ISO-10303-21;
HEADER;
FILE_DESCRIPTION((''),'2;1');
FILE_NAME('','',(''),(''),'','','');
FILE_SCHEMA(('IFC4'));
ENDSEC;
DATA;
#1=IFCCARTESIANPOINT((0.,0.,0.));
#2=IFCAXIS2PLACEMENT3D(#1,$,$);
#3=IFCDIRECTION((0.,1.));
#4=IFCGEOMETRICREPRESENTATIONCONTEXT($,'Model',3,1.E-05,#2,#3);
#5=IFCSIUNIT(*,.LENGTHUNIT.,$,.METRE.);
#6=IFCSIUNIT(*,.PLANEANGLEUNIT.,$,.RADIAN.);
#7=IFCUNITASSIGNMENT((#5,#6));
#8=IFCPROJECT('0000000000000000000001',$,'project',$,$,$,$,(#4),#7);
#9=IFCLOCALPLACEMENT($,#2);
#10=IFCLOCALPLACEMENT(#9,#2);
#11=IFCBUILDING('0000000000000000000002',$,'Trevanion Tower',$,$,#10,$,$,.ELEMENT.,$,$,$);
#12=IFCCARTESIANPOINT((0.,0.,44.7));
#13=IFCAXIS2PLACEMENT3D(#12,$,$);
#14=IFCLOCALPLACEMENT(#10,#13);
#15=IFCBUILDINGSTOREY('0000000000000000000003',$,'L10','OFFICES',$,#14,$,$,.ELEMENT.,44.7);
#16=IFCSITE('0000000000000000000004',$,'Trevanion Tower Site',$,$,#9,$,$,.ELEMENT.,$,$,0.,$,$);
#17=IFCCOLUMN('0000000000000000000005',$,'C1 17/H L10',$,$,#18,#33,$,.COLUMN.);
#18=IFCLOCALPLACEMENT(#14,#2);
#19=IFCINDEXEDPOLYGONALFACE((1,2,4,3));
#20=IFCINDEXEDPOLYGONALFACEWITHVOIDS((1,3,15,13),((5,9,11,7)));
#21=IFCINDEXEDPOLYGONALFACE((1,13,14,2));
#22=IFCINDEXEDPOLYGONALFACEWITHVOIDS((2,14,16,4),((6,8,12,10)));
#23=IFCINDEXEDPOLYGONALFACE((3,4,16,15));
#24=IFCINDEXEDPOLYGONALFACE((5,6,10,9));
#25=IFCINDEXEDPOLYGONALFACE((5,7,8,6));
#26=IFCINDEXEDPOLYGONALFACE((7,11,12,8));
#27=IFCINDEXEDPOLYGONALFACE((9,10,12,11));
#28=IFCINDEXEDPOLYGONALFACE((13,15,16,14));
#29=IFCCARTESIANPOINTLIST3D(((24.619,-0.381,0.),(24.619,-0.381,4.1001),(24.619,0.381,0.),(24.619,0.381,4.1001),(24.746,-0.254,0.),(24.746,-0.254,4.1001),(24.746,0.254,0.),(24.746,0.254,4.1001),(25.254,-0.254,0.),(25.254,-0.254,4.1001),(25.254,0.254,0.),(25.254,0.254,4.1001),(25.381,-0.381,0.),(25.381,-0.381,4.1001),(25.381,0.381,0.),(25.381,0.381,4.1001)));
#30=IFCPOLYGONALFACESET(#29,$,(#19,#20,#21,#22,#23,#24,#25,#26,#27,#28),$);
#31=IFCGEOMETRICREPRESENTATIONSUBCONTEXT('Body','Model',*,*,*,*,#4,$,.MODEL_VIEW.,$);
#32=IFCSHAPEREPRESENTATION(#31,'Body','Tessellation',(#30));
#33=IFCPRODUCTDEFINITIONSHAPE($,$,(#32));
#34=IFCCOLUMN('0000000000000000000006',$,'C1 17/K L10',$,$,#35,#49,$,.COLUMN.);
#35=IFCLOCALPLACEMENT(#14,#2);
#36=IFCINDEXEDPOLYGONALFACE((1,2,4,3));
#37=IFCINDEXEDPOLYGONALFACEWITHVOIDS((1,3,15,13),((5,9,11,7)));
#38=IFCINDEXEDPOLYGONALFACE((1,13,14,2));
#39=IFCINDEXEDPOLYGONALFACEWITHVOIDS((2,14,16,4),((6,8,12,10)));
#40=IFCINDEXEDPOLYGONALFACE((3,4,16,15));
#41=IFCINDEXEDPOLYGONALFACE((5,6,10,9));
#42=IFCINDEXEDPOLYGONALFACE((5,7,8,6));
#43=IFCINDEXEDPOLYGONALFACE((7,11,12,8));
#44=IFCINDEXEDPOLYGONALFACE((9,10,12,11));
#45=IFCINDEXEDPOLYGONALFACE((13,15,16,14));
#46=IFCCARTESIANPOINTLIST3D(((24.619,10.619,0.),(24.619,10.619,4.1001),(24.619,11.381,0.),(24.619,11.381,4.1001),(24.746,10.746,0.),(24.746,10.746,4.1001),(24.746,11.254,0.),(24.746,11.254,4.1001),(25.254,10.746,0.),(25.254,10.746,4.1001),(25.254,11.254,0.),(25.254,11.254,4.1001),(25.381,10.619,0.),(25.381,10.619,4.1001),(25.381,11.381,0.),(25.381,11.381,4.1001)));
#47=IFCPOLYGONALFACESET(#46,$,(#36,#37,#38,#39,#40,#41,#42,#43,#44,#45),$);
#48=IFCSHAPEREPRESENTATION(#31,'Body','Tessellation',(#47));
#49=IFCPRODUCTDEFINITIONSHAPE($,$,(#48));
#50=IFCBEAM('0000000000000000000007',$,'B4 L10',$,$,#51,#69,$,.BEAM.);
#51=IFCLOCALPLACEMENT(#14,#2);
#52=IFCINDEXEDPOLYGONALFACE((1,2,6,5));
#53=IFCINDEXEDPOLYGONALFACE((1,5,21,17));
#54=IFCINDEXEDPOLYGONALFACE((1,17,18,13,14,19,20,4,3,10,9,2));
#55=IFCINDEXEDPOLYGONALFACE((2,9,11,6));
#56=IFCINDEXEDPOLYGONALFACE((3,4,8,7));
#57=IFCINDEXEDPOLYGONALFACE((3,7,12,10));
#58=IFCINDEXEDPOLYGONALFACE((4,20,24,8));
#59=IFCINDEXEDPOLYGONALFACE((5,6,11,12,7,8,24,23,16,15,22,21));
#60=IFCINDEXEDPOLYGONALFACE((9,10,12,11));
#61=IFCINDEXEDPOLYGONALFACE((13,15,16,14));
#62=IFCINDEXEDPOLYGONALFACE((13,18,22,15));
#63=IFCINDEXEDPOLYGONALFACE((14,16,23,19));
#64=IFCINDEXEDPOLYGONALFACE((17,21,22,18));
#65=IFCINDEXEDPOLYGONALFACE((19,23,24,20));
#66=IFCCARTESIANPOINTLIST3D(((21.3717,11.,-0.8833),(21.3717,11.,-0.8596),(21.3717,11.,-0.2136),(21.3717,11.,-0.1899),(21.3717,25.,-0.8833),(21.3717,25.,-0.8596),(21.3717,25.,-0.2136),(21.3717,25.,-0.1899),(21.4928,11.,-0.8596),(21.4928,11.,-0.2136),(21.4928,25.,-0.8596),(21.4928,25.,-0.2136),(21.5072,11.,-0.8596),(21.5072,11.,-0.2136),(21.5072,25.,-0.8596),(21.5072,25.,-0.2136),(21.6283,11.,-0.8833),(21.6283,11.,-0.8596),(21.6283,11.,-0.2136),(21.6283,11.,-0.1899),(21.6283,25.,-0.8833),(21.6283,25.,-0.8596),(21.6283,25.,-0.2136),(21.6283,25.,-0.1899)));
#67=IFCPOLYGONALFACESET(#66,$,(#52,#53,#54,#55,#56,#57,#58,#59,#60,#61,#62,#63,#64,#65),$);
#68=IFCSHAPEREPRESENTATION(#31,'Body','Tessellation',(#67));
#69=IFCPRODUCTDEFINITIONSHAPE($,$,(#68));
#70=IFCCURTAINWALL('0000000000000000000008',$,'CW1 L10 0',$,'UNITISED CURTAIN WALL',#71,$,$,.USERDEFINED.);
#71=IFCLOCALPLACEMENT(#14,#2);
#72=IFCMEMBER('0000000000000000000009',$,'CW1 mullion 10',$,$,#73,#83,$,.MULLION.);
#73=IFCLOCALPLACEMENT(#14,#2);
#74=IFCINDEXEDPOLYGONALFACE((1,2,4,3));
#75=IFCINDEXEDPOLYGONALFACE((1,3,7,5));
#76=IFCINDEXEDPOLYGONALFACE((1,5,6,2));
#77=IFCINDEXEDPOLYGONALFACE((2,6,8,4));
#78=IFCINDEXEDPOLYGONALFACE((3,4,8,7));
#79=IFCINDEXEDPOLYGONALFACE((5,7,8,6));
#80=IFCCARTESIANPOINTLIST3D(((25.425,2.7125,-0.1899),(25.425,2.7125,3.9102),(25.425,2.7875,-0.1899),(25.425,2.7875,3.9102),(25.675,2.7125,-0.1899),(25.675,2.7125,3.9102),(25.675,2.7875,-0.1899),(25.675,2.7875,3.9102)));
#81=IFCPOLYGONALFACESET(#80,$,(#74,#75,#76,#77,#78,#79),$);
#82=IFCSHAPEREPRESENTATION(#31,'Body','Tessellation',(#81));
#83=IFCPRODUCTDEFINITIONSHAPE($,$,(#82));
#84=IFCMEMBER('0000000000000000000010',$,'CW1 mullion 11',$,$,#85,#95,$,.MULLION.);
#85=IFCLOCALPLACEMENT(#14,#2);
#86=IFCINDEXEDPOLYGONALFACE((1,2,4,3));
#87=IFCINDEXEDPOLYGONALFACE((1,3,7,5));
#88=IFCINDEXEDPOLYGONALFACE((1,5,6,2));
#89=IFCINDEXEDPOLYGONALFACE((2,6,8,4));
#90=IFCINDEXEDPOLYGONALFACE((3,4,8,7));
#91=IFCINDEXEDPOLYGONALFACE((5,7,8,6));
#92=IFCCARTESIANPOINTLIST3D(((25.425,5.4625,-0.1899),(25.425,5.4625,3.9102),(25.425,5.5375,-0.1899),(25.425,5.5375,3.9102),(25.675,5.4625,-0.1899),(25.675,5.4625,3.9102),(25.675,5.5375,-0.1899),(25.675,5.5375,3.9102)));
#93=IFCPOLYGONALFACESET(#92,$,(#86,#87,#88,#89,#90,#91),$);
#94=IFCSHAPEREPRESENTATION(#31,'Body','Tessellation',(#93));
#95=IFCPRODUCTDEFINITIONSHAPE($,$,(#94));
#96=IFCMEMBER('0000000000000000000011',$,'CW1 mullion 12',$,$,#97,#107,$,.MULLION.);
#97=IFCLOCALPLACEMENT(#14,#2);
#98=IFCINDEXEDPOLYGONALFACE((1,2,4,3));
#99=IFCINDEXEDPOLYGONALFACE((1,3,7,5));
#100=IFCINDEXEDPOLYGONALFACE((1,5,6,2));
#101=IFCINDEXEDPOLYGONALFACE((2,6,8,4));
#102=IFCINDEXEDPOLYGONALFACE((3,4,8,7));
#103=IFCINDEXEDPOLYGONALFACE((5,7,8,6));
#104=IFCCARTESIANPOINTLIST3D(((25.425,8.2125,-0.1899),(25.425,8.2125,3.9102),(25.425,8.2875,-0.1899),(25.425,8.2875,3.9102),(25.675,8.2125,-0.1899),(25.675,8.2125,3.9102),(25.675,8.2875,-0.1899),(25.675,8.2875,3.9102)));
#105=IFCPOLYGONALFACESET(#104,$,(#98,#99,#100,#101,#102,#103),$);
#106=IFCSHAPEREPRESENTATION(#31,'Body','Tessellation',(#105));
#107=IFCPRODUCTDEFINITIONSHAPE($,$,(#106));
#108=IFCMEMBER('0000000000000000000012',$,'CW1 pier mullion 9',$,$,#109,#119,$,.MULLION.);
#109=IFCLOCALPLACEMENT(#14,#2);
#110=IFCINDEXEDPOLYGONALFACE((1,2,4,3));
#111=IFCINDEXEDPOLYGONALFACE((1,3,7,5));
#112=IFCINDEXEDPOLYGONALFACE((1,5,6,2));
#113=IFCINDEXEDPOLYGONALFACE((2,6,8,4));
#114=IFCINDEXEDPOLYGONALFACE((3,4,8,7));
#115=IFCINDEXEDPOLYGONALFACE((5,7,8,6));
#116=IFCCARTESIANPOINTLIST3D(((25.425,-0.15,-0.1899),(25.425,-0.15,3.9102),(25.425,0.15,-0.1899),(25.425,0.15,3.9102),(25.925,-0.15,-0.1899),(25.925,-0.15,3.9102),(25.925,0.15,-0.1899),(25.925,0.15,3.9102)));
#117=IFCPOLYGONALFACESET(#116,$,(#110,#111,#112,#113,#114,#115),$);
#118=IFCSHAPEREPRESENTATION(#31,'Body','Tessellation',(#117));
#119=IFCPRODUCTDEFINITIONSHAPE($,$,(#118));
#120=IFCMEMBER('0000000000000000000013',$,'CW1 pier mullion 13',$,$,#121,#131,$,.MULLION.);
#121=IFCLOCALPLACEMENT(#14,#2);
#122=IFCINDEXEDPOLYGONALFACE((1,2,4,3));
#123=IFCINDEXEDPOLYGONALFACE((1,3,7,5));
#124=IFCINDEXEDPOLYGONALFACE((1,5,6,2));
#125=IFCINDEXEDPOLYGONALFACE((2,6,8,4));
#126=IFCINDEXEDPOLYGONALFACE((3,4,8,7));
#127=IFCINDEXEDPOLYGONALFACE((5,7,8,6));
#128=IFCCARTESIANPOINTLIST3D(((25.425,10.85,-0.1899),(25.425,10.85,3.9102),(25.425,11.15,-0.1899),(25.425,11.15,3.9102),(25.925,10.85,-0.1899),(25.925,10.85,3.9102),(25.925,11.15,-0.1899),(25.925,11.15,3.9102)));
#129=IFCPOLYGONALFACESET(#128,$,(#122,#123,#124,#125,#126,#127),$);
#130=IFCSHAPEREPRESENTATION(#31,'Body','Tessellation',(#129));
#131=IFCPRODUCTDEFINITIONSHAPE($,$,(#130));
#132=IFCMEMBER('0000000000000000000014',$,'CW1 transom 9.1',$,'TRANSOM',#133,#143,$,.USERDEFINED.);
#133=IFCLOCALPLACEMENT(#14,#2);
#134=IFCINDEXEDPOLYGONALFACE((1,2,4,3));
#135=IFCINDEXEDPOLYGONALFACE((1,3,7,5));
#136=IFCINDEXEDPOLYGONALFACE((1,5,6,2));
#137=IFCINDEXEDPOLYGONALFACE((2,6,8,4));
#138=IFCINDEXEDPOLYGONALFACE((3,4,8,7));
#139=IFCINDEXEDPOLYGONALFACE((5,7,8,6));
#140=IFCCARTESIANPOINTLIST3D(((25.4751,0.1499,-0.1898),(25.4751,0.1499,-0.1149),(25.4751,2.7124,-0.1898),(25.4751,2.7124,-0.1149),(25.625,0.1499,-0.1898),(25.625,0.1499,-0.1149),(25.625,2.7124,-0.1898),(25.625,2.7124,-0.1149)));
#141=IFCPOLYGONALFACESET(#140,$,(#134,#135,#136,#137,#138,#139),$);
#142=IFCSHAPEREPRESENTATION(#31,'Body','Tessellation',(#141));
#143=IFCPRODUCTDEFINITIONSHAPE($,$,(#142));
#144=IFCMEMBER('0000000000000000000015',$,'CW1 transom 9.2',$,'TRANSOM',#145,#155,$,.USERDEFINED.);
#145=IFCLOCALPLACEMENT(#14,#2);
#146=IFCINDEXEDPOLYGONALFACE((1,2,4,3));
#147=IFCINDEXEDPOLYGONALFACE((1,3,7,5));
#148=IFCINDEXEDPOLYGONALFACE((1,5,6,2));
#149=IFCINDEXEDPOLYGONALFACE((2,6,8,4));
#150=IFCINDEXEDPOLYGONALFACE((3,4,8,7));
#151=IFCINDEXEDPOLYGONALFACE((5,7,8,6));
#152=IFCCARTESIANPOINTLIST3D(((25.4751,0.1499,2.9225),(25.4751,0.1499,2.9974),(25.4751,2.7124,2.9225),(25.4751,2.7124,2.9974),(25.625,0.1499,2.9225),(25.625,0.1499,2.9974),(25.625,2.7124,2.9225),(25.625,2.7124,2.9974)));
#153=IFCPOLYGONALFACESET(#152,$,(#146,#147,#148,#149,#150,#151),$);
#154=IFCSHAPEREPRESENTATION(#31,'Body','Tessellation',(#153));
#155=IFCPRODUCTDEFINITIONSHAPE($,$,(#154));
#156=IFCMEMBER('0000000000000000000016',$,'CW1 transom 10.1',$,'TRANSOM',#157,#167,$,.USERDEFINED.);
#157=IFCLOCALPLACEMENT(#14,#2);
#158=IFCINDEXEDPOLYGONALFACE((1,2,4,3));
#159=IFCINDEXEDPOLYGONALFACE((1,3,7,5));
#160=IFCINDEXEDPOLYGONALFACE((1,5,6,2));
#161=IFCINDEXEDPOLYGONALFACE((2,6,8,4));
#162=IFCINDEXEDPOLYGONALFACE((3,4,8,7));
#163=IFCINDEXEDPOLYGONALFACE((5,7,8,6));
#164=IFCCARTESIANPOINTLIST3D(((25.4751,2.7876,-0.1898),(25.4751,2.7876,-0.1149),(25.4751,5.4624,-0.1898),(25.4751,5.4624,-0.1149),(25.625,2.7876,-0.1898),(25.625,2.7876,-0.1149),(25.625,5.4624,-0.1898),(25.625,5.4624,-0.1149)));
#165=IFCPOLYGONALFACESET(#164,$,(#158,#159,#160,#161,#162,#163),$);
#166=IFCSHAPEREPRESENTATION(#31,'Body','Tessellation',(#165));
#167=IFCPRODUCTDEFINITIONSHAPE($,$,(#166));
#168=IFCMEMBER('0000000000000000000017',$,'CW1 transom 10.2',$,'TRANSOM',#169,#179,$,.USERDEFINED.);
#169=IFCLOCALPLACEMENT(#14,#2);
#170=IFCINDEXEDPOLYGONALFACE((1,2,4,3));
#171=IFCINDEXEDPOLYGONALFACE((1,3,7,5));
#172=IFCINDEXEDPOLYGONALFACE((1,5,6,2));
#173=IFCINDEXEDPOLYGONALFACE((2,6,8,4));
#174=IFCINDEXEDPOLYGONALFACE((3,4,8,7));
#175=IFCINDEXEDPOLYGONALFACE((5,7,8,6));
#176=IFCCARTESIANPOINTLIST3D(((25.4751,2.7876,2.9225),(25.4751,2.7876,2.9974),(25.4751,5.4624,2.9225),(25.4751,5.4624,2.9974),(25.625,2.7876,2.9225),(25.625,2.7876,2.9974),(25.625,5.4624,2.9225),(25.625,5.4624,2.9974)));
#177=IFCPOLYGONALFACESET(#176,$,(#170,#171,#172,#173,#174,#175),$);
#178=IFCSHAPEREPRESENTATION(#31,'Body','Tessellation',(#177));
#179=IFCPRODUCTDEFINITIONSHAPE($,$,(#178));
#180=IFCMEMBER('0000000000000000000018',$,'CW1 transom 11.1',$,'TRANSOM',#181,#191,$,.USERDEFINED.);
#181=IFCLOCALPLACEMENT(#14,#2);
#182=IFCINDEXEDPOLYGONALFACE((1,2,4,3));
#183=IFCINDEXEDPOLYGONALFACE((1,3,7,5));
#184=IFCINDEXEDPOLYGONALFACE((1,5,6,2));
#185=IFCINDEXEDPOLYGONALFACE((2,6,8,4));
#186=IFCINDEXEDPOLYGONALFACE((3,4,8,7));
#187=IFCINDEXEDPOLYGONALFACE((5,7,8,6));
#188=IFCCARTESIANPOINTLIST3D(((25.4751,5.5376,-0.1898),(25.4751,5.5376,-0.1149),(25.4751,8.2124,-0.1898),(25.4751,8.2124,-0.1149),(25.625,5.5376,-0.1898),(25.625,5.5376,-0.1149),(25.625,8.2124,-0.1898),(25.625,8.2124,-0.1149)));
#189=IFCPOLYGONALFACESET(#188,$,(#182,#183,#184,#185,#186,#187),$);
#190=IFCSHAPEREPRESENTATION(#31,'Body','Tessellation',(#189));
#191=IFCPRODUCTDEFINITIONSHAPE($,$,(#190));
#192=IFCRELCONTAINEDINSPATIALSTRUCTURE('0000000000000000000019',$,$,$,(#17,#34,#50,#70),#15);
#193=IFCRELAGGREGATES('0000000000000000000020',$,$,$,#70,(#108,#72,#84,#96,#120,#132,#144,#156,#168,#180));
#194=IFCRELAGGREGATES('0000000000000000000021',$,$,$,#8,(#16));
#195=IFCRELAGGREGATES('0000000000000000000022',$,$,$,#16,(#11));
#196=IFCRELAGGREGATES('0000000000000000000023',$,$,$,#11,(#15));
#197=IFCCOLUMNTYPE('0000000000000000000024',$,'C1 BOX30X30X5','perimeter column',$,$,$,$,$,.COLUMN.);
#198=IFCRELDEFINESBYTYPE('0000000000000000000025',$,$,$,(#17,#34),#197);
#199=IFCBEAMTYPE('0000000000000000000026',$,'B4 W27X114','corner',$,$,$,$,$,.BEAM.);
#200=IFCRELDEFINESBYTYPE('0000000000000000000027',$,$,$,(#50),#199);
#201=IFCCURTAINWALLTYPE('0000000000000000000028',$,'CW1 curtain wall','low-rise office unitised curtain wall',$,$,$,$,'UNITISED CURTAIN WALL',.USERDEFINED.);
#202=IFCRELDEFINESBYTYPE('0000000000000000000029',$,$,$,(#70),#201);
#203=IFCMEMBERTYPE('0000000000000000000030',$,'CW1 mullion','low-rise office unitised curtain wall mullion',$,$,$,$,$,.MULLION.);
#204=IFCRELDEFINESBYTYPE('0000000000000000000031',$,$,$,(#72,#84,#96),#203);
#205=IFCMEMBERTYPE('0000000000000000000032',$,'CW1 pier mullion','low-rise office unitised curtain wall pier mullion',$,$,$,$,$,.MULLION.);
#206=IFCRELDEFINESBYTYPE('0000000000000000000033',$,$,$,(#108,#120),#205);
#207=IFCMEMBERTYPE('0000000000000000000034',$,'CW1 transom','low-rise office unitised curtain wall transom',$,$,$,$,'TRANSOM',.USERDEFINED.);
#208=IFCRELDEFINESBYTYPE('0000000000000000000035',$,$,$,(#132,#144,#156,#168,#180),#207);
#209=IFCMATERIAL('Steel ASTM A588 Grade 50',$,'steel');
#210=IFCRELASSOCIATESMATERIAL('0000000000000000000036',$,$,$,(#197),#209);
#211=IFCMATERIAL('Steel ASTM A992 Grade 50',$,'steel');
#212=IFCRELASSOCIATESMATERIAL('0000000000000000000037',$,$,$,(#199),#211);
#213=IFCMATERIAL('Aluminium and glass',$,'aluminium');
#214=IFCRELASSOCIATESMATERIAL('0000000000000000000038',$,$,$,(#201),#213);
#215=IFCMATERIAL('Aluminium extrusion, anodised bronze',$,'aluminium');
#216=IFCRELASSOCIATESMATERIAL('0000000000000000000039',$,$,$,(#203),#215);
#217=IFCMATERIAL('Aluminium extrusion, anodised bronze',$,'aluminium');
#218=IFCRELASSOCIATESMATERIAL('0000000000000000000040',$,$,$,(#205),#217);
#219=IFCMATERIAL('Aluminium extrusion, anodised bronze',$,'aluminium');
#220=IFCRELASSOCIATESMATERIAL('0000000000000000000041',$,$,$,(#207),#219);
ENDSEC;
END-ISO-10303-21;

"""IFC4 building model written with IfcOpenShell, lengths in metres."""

from ifc_helpers import new_model, si_unit, direction, frame, origin, origin_2d, place, context, subcontext, project, spatial, rectangle, hollow_rectangle, i_section, extrude, material, material_profile, profile_set, type_object, element, aggregate, save


model = new_model("IFC4")

# Units and contexts
model_context = context("Model", 3, precision=1e-05, world=origin(), true_north=direction((0.0, 1.0)))
body_context = subcontext(model_context, "Body", "Model", "MODEL_VIEW")
ifc_project = project(units=[si_unit("LENGTHUNIT", "METRE"), si_unit("PLANEANGLEUNIT", "RADIAN")], contexts=[model_context])

# Site, building, storey
site_placement = place(None, origin())
site = spatial("IfcSite", under=ifc_project, at=site_placement, Name="Trevanion Tower Site", CompositionType="ELEMENT", RefElevation=0.0)
building_placement = place(site_placement, origin())
building = spatial("IfcBuilding", under=site, at=building_placement, Name="Trevanion Tower", CompositionType="ELEMENT")
storey_placement = place(building_placement, frame((0.0, 0.0, 44.7)))
storey = spatial("IfcBuildingStorey", under=building, at=storey_placement, Name="L10", Description="OFFICES", CompositionType="ELEMENT", Elevation=44.7)

# Columns
ifc_material_1 = material(Name="Steel ASTM A588 Grade 50", Category="steel")
ifc_material_profile_1 = material_profile(ifc_material_1, hollow_rectangle(XDim=0.762, YDim=0.762, WallThickness=0.127, at=origin_2d()), Name="BOX30X30X5")
ifc_profile_set_1 = profile_set([ifc_material_profile_1], Name="Steel ASTM A588 Grade 50")
column_type = type_object("IfcColumnType", Name="C1 BOX30X30X5", Description="perimeter column", PredefinedType="COLUMN", material=ifc_profile_set_1)
for number, where, z_axis, x_axis, name in (
    (1, (25.0, 0.0, 0.0), (0.0, 0.0, 1.0), (0.0, 1.0, 0.0), "C1 17/H L10"),
    (2, (25.0, 11.0, 0.0), (0.0, 0.0, 1.0), (0.0, 1.0, 0.0), "C1 17/K L10"),
):
    element("IfcColumn", number, at=place(storey_placement, frame(where, z_axis=z_axis, x_axis=x_axis)), inside=storey, type_object=column_type, Name=name, PredefinedType="COLUMN", context=body_context, shape_type="SweptSolid", body=[
        extrude(hollow_rectangle(XDim=0.762, YDim=0.762, WallThickness=0.127, at=origin_2d()), origin(), (0.0, 0.0, 1.0), 4.1001),
    ])

# Beam
ifc_material_2 = material(Name="Steel ASTM A992 Grade 50", Category="steel")
ifc_material_profile_2 = material_profile(ifc_material_2, i_section(OverallWidth=0.2566, OverallDepth=0.6934, WebThickness=0.0144, FlangeThickness=0.0237, at=origin_2d()), Name="W27X114")
ifc_profile_set_2 = profile_set([ifc_material_profile_2], Name="Steel ASTM A992 Grade 50")
beam_type_1 = type_object("IfcBeamType", Name="B4 W27X114", Description="corner", PredefinedType="BEAM", material=ifc_profile_set_2)
beam_1_placement = place(storey_placement, frame((21.5, 11.0, -0.5366), z_axis=(0.0, 1.0, 0.0), x_axis=(-1.0, 0.0, 0.0)))
element("IfcBeam", 3, at=beam_1_placement, inside=storey, type_object=beam_type_1, Name="B4 L10", PredefinedType="BEAM", context=body_context, shape_type="SweptSolid", body=[
    extrude(i_section(OverallWidth=0.2566, OverallDepth=0.6934, WebThickness=0.0144, FlangeThickness=0.0237, at=origin_2d()), origin(), (0.0, 0.0, 1.0), 14.0),
])

# Curtain wall, members
ifc_material_3 = material(Name="Aluminium and glass", Category="aluminium")
curtain_wall_type = type_object("IfcCurtainWallType", Name="CW1 curtain wall", Description="low-rise office unitised curtain wall", ElementType="UNITISED CURTAIN WALL", PredefinedType="USERDEFINED", material=ifc_material_3)
curtain_wall_placement = place(storey_placement, origin())
curtain_wall = element("IfcCurtainWall", 4, at=curtain_wall_placement, inside=storey, type_object=curtain_wall_type, Name="CW1 L10 0", ObjectType="UNITISED CURTAIN WALL", PredefinedType="USERDEFINED")
ifc_material_4 = material(Name="Aluminium extrusion, anodised bronze", Category="aluminium")
ifc_material_profile_3 = material_profile(ifc_material_4, rectangle(XDim=0.075, YDim=0.25, at=origin_2d()), Name="CW1 mullion")
ifc_profile_set_3 = profile_set([ifc_material_profile_3], Name="Aluminium extrusion, anodised bronze")
member_type_1 = type_object("IfcMemberType", Name="CW1 mullion", Description="low-rise office unitised curtain wall mullion", PredefinedType="MULLION", material=ifc_profile_set_3)
member_1_placement = place(storey_placement, frame((25.55, 2.75, -0.1899), z_axis=(0.0, 0.0, 1.0), x_axis=(0.0, 1.0, 0.0)))
member_1 = element("IfcMember", 5, at=member_1_placement, type_object=member_type_1, Name="CW1 mullion 10", PredefinedType="MULLION", context=body_context, shape_type="SweptSolid", body=[
    extrude(rectangle(XDim=0.075, YDim=0.25, at=origin_2d()), origin(), (0.0, 0.0, 1.0), 4.1001),
])
member_2_placement = place(storey_placement, frame((25.55, 5.5, -0.1899), z_axis=(0.0, 0.0, 1.0), x_axis=(0.0, 1.0, 0.0)))
member_2 = element("IfcMember", 6, at=member_2_placement, type_object=member_type_1, Name="CW1 mullion 11", PredefinedType="MULLION", context=body_context, shape_type="SweptSolid", body=[
    extrude(rectangle(XDim=0.075, YDim=0.25, at=origin_2d()), origin(), (0.0, 0.0, 1.0), 4.1001),
])
member_3_placement = place(storey_placement, frame((25.55, 8.25, -0.1899), z_axis=(0.0, 0.0, 1.0), x_axis=(0.0, 1.0, 0.0)))
member_3 = element("IfcMember", 7, at=member_3_placement, type_object=member_type_1, Name="CW1 mullion 12", PredefinedType="MULLION", context=body_context, shape_type="SweptSolid", body=[
    extrude(rectangle(XDim=0.075, YDim=0.25, at=origin_2d()), origin(), (0.0, 0.0, 1.0), 4.1001),
])
ifc_material_5 = material(Name="Aluminium extrusion, anodised bronze", Category="aluminium")
ifc_material_profile_4 = material_profile(ifc_material_5, rectangle(XDim=0.3, YDim=0.5, at=origin_2d()), Name="CW1 pier mullion")
ifc_profile_set_4 = profile_set([ifc_material_profile_4], Name="Aluminium extrusion, anodised bronze")
member_type_2 = type_object("IfcMemberType", Name="CW1 pier mullion", Description="low-rise office unitised curtain wall pier mullion", PredefinedType="MULLION", material=ifc_profile_set_4)
member_4_placement = place(storey_placement, frame((25.675, 0.0, -0.1899), z_axis=(0.0, 0.0, 1.0), x_axis=(0.0, 1.0, 0.0)))
member_4 = element("IfcMember", 8, at=member_4_placement, type_object=member_type_2, Name="CW1 pier mullion 9", PredefinedType="MULLION", context=body_context, shape_type="SweptSolid", body=[
    extrude(rectangle(XDim=0.3, YDim=0.5, at=origin_2d()), origin(), (0.0, 0.0, 1.0), 4.1001),
])
member_5_placement = place(storey_placement, frame((25.675, 11.0, -0.1899), z_axis=(0.0, 0.0, 1.0), x_axis=(0.0, 1.0, 0.0)))
member_5 = element("IfcMember", 9, at=member_5_placement, type_object=member_type_2, Name="CW1 pier mullion 13", PredefinedType="MULLION", context=body_context, shape_type="SweptSolid", body=[
    extrude(rectangle(XDim=0.3, YDim=0.5, at=origin_2d()), origin(), (0.0, 0.0, 1.0), 4.1001),
])
ifc_material_6 = material(Name="Aluminium extrusion, anodised bronze", Category="aluminium")
ifc_material_profile_5 = material_profile(ifc_material_6, rectangle(XDim=0.1499, YDim=0.075, at=origin_2d()), Name="CW1 transom")
ifc_profile_set_5 = profile_set([ifc_material_profile_5], Name="Aluminium extrusion, anodised bronze")
member_type_3 = type_object("IfcMemberType", Name="CW1 transom", Description="low-rise office unitised curtain wall transom", ElementType="TRANSOM", PredefinedType="USERDEFINED", material=ifc_profile_set_5)
member_6_placement = place(storey_placement, frame((25.55, 0.1499, -0.1523), z_axis=(0.0, 1.0, 0.0), x_axis=(-1.0, 0.0, 0.0)))
member_6 = element("IfcMember", 10, at=member_6_placement, type_object=member_type_3, Name="CW1 transom 9.1", ObjectType="TRANSOM", PredefinedType="USERDEFINED", context=body_context, shape_type="SweptSolid", body=[
    extrude(rectangle(XDim=0.1499, YDim=0.075, at=origin_2d()), origin(), (0.0, 0.0, 1.0), 2.5625),
])
member_7_placement = place(storey_placement, frame((25.55, 0.1499, 2.96), z_axis=(0.0, 1.0, 0.0), x_axis=(-1.0, 0.0, 0.0)))
member_7 = element("IfcMember", 11, at=member_7_placement, type_object=member_type_3, Name="CW1 transom 9.2", ObjectType="TRANSOM", PredefinedType="USERDEFINED", context=body_context, shape_type="SweptSolid", body=[
    extrude(rectangle(XDim=0.1499, YDim=0.075, at=origin_2d()), origin(), (0.0, 0.0, 1.0), 2.5625),
])
member_8_placement = place(storey_placement, frame((25.55, 2.7876, -0.1523), z_axis=(0.0, 1.0, 0.0), x_axis=(-1.0, 0.0, 0.0)))
member_8 = element("IfcMember", 12, at=member_8_placement, type_object=member_type_3, Name="CW1 transom 10.1", ObjectType="TRANSOM", PredefinedType="USERDEFINED", context=body_context, shape_type="SweptSolid", body=[
    extrude(rectangle(XDim=0.1499, YDim=0.075, at=origin_2d()), origin(), (0.0, 0.0, 1.0), 2.6748),
])
member_9_placement = place(storey_placement, frame((25.55, 2.7876, 2.96), z_axis=(0.0, 1.0, 0.0), x_axis=(-1.0, 0.0, 0.0)))
member_9 = element("IfcMember", 13, at=member_9_placement, type_object=member_type_3, Name="CW1 transom 10.2", ObjectType="TRANSOM", PredefinedType="USERDEFINED", context=body_context, shape_type="SweptSolid", body=[
    extrude(rectangle(XDim=0.1499, YDim=0.075, at=origin_2d()), origin(), (0.0, 0.0, 1.0), 2.6748),
])
member_10_placement = place(storey_placement, frame((25.55, 5.5376, -0.1523), z_axis=(0.0, 1.0, 0.0), x_axis=(-1.0, 0.0, 0.0)))
member_10 = element("IfcMember", 14, at=member_10_placement, type_object=member_type_3, Name="CW1 transom 11.1", ObjectType="TRANSOM", PredefinedType="USERDEFINED", context=body_context, shape_type="SweptSolid", body=[
    extrude(rectangle(XDim=0.1499, YDim=0.075, at=origin_2d()), origin(), (0.0, 0.0, 1.0), 2.6748),
])

aggregate(curtain_wall, [member_4, member_1, member_2, member_3, member_5, member_6, member_7, member_8, member_9, member_10])

save(model, "model.ifc")
